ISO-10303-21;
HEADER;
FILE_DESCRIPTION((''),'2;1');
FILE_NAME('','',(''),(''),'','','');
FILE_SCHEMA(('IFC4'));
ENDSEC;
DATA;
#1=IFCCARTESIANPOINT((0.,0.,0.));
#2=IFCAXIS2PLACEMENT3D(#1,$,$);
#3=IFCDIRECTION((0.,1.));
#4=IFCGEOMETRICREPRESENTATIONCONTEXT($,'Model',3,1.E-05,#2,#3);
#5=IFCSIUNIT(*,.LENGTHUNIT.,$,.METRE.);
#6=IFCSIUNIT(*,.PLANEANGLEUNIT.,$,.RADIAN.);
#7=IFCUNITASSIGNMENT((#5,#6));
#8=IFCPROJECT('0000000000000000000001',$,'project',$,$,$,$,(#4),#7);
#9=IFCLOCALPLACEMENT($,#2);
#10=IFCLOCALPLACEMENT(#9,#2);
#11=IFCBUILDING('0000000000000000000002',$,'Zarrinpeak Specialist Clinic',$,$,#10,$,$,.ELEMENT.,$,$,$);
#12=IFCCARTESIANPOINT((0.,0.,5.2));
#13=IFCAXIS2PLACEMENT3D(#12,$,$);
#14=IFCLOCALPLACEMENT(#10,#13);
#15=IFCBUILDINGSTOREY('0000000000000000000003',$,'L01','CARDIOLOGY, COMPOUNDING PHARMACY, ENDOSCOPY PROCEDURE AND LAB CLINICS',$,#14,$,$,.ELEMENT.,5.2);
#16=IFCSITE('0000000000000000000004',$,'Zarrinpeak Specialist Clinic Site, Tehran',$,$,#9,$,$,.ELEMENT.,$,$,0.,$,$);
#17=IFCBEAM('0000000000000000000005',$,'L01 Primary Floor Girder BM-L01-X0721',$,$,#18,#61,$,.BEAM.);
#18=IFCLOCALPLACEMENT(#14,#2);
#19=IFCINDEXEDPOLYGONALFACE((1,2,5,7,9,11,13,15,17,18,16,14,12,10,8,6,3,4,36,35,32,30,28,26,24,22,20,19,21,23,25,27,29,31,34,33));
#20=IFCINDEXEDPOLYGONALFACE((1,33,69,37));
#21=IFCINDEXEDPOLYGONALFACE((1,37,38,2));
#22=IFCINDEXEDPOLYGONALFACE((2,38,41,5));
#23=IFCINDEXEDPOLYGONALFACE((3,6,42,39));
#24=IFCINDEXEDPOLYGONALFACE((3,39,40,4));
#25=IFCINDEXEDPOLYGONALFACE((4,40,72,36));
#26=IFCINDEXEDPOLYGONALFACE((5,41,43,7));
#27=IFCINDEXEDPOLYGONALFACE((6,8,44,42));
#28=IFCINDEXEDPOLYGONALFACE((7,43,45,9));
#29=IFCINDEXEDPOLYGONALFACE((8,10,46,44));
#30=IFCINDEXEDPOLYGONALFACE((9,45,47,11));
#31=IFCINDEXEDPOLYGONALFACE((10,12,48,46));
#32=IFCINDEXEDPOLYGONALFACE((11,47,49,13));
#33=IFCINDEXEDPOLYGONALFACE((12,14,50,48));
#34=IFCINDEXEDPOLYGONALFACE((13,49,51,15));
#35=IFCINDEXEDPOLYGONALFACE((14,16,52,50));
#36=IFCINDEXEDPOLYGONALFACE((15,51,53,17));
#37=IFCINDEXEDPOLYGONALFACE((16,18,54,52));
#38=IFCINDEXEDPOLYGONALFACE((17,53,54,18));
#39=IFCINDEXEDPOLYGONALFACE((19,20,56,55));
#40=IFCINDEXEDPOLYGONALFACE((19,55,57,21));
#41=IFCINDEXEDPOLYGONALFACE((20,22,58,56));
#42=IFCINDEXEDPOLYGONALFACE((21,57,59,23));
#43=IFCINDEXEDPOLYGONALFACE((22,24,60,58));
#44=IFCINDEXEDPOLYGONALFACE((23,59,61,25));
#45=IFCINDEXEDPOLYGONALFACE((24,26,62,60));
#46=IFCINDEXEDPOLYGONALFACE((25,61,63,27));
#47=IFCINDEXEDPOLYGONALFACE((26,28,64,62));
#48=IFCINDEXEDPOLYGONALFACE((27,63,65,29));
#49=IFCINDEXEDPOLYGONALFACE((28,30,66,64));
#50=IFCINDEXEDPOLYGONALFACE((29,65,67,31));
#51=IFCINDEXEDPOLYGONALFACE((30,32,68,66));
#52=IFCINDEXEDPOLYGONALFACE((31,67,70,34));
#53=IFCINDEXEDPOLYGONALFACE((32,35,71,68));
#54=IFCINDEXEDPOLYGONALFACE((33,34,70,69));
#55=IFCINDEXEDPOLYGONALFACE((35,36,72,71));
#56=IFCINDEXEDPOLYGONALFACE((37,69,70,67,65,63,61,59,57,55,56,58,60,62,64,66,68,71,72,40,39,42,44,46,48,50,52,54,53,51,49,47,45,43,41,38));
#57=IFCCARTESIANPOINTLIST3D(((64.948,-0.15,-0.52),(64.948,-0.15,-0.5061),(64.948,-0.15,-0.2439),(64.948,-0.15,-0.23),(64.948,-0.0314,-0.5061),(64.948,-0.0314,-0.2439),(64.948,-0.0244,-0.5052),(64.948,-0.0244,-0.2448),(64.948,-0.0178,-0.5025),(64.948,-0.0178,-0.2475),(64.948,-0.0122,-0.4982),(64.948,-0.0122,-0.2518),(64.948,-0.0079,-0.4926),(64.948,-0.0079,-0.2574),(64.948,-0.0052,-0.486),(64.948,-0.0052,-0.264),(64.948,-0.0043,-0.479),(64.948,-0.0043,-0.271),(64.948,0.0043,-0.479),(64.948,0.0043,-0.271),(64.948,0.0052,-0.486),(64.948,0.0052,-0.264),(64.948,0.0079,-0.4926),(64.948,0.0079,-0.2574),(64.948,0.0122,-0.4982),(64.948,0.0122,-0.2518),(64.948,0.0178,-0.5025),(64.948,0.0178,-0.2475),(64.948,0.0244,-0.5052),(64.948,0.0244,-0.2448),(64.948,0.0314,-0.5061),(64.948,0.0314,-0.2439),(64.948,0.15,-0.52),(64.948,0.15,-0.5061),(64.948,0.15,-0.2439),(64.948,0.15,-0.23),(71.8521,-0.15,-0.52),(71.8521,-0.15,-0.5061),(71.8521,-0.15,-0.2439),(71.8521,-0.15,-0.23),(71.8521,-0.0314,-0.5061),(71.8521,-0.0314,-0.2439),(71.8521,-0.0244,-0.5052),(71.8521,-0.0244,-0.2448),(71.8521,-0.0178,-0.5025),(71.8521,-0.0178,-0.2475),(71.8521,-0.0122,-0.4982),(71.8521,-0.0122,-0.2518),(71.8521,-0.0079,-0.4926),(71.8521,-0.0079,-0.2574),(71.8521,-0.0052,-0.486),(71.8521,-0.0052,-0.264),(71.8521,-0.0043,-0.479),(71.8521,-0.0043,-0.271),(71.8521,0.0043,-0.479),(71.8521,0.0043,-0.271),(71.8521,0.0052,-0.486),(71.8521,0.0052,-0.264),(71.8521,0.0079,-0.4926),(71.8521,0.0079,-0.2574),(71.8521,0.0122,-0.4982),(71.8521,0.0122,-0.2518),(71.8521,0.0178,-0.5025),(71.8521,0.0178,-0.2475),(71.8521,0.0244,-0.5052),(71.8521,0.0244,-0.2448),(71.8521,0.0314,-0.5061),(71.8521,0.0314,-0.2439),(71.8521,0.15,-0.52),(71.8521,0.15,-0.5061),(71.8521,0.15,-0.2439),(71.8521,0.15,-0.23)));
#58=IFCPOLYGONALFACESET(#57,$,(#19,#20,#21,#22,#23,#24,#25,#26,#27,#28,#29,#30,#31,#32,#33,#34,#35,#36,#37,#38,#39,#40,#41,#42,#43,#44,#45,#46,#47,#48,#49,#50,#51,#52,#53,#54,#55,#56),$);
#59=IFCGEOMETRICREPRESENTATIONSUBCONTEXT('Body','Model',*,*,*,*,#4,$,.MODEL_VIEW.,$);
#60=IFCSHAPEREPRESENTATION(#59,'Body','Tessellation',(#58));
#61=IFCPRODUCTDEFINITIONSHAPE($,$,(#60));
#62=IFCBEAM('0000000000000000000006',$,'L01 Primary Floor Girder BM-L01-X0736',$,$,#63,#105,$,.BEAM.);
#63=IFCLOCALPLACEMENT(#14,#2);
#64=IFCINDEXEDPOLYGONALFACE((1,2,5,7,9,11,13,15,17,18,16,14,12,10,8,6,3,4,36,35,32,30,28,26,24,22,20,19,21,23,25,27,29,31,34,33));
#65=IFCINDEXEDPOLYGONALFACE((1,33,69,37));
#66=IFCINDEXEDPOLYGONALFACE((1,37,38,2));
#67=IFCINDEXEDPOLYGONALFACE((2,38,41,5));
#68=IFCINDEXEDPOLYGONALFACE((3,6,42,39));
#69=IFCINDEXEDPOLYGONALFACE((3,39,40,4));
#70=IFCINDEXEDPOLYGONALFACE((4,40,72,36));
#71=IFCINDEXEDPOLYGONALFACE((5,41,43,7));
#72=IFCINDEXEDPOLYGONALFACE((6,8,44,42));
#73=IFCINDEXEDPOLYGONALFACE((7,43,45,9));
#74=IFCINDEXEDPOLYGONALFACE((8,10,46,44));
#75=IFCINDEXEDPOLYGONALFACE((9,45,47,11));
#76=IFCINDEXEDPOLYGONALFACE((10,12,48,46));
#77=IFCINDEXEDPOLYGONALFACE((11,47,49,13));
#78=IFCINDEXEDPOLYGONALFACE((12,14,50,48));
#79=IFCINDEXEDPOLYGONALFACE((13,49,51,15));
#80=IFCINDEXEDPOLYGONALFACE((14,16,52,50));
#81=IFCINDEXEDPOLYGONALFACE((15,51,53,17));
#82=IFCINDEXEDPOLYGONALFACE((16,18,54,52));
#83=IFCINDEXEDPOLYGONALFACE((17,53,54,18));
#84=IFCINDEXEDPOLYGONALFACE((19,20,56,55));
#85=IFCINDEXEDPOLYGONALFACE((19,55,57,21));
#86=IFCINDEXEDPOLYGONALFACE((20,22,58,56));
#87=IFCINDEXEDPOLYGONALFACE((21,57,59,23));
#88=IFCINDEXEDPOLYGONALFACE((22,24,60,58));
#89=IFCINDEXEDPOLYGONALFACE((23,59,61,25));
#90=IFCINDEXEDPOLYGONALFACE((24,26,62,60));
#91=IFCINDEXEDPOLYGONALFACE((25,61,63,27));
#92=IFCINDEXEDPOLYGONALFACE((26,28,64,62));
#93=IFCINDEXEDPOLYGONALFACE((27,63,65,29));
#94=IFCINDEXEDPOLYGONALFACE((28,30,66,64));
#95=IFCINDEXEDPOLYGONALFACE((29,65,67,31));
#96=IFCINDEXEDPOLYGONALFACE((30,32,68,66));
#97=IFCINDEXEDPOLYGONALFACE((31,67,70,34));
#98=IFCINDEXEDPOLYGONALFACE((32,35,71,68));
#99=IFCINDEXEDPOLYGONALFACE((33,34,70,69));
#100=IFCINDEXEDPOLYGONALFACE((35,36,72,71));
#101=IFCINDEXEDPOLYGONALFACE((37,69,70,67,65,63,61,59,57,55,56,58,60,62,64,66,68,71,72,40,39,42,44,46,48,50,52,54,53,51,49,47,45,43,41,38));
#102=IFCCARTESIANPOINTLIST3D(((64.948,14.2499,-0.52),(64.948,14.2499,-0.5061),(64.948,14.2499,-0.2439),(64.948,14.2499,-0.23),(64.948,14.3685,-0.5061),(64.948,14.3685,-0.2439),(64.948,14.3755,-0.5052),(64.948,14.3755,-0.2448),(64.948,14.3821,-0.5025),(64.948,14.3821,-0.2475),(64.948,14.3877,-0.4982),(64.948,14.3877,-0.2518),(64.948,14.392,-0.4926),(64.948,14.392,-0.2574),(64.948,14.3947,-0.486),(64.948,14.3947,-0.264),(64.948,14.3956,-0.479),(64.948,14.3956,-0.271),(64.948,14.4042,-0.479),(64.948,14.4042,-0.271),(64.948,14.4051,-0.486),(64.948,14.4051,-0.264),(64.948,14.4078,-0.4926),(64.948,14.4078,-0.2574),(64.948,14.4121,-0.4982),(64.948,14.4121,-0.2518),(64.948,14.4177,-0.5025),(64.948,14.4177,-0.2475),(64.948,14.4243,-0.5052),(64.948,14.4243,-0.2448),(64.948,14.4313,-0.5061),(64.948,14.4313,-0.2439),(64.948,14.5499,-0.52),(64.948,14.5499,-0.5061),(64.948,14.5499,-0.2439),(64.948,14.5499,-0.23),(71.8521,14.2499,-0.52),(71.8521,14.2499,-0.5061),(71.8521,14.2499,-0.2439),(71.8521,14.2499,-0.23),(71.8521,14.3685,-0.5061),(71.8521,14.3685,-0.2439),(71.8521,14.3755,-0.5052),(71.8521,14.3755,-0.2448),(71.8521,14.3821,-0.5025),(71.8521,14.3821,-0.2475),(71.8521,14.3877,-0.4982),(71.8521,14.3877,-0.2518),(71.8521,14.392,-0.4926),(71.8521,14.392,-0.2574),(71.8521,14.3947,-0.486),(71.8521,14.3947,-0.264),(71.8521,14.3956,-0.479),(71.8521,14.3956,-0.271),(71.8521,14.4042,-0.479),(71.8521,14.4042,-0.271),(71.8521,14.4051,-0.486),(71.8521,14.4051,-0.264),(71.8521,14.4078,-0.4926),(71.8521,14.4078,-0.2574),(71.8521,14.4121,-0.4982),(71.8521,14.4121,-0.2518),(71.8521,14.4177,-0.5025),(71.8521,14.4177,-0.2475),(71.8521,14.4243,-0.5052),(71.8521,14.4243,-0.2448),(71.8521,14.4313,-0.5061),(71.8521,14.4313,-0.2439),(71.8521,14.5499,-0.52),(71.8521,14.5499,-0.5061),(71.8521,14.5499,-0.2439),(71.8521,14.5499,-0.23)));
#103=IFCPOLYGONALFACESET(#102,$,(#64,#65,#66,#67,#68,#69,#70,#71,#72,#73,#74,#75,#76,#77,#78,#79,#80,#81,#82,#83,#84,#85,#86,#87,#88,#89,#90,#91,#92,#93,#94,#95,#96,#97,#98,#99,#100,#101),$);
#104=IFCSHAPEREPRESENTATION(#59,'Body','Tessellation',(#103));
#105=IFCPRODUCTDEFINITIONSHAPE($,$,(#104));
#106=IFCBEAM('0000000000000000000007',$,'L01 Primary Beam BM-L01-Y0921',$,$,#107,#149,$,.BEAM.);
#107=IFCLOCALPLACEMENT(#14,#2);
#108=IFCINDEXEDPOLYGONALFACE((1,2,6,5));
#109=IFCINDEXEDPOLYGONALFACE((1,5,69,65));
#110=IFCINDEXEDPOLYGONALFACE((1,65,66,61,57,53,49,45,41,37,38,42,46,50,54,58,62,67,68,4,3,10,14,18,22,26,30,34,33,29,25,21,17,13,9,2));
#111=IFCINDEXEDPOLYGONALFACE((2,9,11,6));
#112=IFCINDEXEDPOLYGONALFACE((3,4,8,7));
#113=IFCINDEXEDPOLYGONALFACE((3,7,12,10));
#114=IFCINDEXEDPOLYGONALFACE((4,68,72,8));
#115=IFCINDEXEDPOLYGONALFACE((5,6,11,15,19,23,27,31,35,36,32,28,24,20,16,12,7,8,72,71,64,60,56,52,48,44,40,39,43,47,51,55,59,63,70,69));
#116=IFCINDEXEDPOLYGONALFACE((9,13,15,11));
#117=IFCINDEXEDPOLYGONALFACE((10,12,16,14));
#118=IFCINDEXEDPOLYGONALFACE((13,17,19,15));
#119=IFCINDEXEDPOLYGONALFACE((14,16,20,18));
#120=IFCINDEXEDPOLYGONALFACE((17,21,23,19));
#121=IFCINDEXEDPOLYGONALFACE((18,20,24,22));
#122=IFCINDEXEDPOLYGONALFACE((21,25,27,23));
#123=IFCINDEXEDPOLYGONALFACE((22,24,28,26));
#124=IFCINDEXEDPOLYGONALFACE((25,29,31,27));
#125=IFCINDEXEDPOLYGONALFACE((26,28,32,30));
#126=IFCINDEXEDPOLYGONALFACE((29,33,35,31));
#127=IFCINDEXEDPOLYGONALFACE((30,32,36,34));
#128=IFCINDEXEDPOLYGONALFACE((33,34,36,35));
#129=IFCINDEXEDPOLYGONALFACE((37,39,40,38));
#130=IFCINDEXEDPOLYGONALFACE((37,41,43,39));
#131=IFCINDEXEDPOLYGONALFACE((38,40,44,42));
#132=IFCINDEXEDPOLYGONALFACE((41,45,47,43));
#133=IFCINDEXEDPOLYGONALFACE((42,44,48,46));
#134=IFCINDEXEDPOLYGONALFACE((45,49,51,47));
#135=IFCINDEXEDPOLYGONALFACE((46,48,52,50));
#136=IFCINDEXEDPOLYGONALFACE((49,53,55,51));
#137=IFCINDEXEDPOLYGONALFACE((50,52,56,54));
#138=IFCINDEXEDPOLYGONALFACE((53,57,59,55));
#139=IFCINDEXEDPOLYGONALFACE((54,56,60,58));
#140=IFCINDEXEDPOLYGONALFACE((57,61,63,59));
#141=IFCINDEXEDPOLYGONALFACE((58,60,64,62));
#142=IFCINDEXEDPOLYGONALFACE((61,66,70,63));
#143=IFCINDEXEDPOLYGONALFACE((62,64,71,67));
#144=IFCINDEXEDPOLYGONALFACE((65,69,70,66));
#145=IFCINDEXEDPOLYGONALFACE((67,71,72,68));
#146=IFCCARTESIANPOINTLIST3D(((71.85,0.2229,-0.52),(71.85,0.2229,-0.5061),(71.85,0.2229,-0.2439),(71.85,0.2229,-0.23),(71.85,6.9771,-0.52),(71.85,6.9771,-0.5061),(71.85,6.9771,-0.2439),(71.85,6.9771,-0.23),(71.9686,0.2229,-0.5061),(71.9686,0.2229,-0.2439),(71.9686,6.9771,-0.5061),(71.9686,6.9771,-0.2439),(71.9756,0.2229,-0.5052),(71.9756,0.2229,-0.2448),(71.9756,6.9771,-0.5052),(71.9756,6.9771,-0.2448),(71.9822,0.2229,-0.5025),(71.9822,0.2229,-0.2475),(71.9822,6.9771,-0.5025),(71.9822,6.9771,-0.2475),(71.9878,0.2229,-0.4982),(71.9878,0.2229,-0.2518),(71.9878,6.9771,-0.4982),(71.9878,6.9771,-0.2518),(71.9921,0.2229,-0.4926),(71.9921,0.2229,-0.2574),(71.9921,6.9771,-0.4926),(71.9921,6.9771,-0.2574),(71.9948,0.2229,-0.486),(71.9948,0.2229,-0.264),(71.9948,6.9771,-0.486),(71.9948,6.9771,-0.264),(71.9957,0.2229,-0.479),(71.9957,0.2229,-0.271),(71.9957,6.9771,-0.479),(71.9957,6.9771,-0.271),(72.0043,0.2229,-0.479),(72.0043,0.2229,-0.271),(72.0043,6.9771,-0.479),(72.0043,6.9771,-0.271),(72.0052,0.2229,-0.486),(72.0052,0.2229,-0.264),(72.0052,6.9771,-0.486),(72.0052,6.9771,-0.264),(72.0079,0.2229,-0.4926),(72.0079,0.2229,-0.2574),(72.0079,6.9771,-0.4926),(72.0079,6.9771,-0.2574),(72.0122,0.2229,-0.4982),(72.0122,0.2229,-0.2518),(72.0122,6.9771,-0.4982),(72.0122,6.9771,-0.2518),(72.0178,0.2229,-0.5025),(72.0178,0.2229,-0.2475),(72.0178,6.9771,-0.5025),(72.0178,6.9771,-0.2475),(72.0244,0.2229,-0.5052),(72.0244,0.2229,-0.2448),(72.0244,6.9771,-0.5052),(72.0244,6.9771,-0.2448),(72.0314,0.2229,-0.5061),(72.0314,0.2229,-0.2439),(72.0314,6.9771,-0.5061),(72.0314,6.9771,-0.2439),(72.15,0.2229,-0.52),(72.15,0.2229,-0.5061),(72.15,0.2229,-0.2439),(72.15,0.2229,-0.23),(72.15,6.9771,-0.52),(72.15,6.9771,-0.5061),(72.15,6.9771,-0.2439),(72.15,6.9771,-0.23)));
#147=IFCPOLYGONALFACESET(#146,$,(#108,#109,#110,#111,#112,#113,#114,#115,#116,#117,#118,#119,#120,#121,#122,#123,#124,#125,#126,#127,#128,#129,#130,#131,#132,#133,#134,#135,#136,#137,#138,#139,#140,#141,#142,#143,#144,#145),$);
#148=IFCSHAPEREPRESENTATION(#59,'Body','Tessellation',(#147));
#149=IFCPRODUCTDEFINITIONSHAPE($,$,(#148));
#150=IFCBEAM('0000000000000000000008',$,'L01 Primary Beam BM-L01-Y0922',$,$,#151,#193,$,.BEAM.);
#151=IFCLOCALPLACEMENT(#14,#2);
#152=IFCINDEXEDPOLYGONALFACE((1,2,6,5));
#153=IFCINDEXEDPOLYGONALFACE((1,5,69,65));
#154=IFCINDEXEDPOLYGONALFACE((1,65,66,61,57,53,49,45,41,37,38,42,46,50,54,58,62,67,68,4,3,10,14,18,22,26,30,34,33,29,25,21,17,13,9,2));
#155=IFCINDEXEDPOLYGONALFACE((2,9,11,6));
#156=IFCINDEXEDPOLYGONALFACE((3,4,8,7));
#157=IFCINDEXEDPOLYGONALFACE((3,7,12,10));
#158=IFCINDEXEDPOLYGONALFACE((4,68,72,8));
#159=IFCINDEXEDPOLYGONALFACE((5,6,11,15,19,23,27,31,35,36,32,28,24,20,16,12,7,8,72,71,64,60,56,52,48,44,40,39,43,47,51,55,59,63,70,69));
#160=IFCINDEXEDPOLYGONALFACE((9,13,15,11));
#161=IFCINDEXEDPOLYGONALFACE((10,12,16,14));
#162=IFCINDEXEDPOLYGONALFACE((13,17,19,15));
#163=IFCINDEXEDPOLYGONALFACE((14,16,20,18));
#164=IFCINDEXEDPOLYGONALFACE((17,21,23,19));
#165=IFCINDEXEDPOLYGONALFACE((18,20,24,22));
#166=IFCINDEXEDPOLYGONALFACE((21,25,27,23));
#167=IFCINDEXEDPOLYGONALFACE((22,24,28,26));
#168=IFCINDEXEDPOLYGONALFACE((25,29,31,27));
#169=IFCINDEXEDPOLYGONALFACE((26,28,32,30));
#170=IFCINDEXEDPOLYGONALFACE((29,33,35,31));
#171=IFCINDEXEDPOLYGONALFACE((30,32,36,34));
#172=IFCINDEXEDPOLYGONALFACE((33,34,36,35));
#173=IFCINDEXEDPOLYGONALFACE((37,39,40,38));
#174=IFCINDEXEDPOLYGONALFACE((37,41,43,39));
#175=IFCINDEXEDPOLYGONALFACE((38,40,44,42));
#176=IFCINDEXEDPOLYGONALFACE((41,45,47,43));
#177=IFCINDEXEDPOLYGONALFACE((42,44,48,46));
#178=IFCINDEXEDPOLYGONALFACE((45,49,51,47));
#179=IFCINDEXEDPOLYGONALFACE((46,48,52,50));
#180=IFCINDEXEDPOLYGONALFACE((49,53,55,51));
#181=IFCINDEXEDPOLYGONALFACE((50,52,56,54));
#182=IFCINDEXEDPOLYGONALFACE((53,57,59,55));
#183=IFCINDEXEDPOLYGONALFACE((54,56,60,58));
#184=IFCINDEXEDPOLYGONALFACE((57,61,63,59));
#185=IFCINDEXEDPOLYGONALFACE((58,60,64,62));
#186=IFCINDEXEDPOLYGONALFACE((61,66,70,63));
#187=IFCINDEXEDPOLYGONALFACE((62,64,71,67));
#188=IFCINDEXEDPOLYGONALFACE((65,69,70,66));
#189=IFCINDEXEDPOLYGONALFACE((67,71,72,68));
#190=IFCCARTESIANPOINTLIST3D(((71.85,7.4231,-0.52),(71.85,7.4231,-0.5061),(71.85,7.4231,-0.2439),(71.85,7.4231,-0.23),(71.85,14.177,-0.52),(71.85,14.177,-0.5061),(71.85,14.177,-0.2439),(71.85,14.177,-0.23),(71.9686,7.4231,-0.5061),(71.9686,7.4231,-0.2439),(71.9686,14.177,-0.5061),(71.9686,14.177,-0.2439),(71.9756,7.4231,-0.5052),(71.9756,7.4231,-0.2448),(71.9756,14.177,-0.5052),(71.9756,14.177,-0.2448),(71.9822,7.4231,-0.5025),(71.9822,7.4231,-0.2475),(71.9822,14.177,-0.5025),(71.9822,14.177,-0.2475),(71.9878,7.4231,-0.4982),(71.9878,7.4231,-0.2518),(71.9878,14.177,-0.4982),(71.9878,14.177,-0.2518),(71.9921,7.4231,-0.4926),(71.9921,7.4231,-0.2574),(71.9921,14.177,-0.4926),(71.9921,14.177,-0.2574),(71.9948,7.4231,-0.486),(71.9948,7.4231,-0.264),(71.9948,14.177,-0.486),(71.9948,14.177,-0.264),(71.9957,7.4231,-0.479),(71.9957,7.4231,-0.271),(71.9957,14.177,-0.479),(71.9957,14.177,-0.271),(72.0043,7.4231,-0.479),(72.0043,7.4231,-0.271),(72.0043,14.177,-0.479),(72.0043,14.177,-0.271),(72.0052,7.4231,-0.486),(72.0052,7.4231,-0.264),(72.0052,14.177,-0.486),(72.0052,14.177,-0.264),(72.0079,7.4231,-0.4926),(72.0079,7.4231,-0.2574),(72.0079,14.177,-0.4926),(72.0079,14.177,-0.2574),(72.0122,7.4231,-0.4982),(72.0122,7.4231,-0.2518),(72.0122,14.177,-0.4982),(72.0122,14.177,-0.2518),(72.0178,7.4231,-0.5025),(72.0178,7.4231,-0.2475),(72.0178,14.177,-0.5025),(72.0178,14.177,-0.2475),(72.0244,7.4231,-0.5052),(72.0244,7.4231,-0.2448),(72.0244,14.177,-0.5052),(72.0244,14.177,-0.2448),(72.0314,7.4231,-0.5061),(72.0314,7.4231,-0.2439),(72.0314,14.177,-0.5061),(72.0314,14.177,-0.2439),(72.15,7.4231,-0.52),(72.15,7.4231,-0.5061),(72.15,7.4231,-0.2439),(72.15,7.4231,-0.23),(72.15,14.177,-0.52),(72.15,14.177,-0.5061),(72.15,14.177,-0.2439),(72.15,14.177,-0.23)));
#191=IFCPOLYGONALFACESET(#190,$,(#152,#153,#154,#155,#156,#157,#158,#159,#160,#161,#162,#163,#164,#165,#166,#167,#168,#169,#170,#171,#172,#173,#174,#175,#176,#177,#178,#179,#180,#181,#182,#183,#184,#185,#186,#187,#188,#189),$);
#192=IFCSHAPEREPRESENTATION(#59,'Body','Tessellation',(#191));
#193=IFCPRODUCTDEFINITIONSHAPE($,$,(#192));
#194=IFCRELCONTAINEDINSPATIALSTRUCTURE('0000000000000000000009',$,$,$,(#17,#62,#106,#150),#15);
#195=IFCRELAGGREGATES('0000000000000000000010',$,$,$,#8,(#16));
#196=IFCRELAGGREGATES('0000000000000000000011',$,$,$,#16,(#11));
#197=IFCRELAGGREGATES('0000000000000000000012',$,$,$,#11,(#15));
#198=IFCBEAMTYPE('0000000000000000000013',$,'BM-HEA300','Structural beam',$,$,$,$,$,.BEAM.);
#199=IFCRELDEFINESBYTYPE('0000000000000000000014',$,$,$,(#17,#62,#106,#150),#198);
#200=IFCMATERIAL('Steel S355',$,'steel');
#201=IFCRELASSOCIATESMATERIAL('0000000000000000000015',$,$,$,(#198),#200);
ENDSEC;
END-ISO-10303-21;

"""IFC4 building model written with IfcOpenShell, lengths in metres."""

from ifc_helpers import new_model, si_unit, direction, frame, origin, origin_2d, place, context, subcontext, project, spatial, i_section, extrude, material, material_profile, profile_set, type_object, element, save


model = new_model("IFC4")

# Units and contexts
model_context = context("Model", 3, precision=1e-05, world=origin(), true_north=direction((0.0, 1.0)))
body_context = subcontext(model_context, "Body", "Model", "MODEL_VIEW")
ifc_project = project(units=[si_unit("LENGTHUNIT", "METRE"), si_unit("PLANEANGLEUNIT", "RADIAN")], contexts=[model_context])

# Site, building, storey
site_placement = place(None, origin())
site = spatial("IfcSite", under=ifc_project, at=site_placement, Name="Zarrinpeak Specialist Clinic Site, Tehran", CompositionType="ELEMENT", RefElevation=0.0)
building_placement = place(site_placement, origin())
building = spatial("IfcBuilding", under=site, at=building_placement, Name="Zarrinpeak Specialist Clinic", CompositionType="ELEMENT")
storey_placement = place(building_placement, frame((0.0, 0.0, 5.2)))
storey = spatial("IfcBuildingStorey", under=building, at=storey_placement, Name="L01", Description="CARDIOLOGY, COMPOUNDING PHARMACY, ENDOSCOPY PROCEDURE AND LAB CLINICS", CompositionType="ELEMENT", Elevation=5.2)

# Shared definitions
ifc_material_1 = material(Name="Steel S355", Category="steel")

# Beams
ifc_material_profile_1 = material_profile(ifc_material_1, i_section(OverallWidth=0.3, OverallDepth=0.29, WebThickness=0.0085, FlangeThickness=0.0139, FilletRadius=0.0271, at=origin_2d()), Name="HEA 300")
ifc_profile_set_1 = profile_set([ifc_material_profile_1], Name="Steel S355")
beam_type = type_object("IfcBeamType", Name="BM-HEA300", Description="Structural beam", PredefinedType="BEAM", material=ifc_profile_set_1)
for number, where, z_axis, x_axis, name in (
    (1, (64.948, 0.0, -0.375), (1.0, 0.0, 0.0), (0.0, 1.0, 0.0), "L01 Primary Floor Girder BM-L01-X0721"),
    (2, (64.948, 14.3999, -0.375), (1.0, 0.0, 0.0), (0.0, 1.0, 0.0), "L01 Primary Floor Girder BM-L01-X0736"),
):
    element("IfcBeam", number, at=place(storey_placement, frame(where, z_axis=z_axis, x_axis=x_axis)), inside=storey, type_object=beam_type, Name=name, PredefinedType="BEAM", context=body_context, shape_type="SweptSolid", body=[
        extrude(i_section(OverallWidth=0.3, OverallDepth=0.29, WebThickness=0.0085, FlangeThickness=0.0139, FilletRadius=0.0271, at=origin_2d()), origin(), (0.0, 0.0, 1.0), 6.9041),
    ])
beam_1_placement = place(storey_placement, frame((72.0, 0.2229, -0.375), z_axis=(0.0, 1.0, 0.0), x_axis=(-1.0, 0.0, 0.0)))
element("IfcBeam", 3, at=beam_1_placement, inside=storey, type_object=beam_type, Name="L01 Primary Beam BM-L01-Y0921", PredefinedType="BEAM", context=body_context, shape_type="SweptSolid", body=[
    extrude(i_section(OverallWidth=0.3, OverallDepth=0.29, WebThickness=0.0085, FlangeThickness=0.0139, FilletRadius=0.0271, at=origin_2d()), origin(), (0.0, 0.0, 1.0), 6.7542),
])
beam_2_placement = place(storey_placement, frame((72.0, 7.4231, -0.375), z_axis=(0.0, 1.0, 0.0), x_axis=(-1.0, 0.0, 0.0)))
element("IfcBeam", 4, at=beam_2_placement, inside=storey, type_object=beam_type, Name="L01 Primary Beam BM-L01-Y0922", PredefinedType="BEAM", context=body_context, shape_type="SweptSolid", body=[
    extrude(i_section(OverallWidth=0.3, OverallDepth=0.29, WebThickness=0.0085, FlangeThickness=0.0139, FilletRadius=0.0271, at=origin_2d()), origin(), (0.0, 0.0, 1.0), 6.7539),
])

save(model, "model.ifc")
